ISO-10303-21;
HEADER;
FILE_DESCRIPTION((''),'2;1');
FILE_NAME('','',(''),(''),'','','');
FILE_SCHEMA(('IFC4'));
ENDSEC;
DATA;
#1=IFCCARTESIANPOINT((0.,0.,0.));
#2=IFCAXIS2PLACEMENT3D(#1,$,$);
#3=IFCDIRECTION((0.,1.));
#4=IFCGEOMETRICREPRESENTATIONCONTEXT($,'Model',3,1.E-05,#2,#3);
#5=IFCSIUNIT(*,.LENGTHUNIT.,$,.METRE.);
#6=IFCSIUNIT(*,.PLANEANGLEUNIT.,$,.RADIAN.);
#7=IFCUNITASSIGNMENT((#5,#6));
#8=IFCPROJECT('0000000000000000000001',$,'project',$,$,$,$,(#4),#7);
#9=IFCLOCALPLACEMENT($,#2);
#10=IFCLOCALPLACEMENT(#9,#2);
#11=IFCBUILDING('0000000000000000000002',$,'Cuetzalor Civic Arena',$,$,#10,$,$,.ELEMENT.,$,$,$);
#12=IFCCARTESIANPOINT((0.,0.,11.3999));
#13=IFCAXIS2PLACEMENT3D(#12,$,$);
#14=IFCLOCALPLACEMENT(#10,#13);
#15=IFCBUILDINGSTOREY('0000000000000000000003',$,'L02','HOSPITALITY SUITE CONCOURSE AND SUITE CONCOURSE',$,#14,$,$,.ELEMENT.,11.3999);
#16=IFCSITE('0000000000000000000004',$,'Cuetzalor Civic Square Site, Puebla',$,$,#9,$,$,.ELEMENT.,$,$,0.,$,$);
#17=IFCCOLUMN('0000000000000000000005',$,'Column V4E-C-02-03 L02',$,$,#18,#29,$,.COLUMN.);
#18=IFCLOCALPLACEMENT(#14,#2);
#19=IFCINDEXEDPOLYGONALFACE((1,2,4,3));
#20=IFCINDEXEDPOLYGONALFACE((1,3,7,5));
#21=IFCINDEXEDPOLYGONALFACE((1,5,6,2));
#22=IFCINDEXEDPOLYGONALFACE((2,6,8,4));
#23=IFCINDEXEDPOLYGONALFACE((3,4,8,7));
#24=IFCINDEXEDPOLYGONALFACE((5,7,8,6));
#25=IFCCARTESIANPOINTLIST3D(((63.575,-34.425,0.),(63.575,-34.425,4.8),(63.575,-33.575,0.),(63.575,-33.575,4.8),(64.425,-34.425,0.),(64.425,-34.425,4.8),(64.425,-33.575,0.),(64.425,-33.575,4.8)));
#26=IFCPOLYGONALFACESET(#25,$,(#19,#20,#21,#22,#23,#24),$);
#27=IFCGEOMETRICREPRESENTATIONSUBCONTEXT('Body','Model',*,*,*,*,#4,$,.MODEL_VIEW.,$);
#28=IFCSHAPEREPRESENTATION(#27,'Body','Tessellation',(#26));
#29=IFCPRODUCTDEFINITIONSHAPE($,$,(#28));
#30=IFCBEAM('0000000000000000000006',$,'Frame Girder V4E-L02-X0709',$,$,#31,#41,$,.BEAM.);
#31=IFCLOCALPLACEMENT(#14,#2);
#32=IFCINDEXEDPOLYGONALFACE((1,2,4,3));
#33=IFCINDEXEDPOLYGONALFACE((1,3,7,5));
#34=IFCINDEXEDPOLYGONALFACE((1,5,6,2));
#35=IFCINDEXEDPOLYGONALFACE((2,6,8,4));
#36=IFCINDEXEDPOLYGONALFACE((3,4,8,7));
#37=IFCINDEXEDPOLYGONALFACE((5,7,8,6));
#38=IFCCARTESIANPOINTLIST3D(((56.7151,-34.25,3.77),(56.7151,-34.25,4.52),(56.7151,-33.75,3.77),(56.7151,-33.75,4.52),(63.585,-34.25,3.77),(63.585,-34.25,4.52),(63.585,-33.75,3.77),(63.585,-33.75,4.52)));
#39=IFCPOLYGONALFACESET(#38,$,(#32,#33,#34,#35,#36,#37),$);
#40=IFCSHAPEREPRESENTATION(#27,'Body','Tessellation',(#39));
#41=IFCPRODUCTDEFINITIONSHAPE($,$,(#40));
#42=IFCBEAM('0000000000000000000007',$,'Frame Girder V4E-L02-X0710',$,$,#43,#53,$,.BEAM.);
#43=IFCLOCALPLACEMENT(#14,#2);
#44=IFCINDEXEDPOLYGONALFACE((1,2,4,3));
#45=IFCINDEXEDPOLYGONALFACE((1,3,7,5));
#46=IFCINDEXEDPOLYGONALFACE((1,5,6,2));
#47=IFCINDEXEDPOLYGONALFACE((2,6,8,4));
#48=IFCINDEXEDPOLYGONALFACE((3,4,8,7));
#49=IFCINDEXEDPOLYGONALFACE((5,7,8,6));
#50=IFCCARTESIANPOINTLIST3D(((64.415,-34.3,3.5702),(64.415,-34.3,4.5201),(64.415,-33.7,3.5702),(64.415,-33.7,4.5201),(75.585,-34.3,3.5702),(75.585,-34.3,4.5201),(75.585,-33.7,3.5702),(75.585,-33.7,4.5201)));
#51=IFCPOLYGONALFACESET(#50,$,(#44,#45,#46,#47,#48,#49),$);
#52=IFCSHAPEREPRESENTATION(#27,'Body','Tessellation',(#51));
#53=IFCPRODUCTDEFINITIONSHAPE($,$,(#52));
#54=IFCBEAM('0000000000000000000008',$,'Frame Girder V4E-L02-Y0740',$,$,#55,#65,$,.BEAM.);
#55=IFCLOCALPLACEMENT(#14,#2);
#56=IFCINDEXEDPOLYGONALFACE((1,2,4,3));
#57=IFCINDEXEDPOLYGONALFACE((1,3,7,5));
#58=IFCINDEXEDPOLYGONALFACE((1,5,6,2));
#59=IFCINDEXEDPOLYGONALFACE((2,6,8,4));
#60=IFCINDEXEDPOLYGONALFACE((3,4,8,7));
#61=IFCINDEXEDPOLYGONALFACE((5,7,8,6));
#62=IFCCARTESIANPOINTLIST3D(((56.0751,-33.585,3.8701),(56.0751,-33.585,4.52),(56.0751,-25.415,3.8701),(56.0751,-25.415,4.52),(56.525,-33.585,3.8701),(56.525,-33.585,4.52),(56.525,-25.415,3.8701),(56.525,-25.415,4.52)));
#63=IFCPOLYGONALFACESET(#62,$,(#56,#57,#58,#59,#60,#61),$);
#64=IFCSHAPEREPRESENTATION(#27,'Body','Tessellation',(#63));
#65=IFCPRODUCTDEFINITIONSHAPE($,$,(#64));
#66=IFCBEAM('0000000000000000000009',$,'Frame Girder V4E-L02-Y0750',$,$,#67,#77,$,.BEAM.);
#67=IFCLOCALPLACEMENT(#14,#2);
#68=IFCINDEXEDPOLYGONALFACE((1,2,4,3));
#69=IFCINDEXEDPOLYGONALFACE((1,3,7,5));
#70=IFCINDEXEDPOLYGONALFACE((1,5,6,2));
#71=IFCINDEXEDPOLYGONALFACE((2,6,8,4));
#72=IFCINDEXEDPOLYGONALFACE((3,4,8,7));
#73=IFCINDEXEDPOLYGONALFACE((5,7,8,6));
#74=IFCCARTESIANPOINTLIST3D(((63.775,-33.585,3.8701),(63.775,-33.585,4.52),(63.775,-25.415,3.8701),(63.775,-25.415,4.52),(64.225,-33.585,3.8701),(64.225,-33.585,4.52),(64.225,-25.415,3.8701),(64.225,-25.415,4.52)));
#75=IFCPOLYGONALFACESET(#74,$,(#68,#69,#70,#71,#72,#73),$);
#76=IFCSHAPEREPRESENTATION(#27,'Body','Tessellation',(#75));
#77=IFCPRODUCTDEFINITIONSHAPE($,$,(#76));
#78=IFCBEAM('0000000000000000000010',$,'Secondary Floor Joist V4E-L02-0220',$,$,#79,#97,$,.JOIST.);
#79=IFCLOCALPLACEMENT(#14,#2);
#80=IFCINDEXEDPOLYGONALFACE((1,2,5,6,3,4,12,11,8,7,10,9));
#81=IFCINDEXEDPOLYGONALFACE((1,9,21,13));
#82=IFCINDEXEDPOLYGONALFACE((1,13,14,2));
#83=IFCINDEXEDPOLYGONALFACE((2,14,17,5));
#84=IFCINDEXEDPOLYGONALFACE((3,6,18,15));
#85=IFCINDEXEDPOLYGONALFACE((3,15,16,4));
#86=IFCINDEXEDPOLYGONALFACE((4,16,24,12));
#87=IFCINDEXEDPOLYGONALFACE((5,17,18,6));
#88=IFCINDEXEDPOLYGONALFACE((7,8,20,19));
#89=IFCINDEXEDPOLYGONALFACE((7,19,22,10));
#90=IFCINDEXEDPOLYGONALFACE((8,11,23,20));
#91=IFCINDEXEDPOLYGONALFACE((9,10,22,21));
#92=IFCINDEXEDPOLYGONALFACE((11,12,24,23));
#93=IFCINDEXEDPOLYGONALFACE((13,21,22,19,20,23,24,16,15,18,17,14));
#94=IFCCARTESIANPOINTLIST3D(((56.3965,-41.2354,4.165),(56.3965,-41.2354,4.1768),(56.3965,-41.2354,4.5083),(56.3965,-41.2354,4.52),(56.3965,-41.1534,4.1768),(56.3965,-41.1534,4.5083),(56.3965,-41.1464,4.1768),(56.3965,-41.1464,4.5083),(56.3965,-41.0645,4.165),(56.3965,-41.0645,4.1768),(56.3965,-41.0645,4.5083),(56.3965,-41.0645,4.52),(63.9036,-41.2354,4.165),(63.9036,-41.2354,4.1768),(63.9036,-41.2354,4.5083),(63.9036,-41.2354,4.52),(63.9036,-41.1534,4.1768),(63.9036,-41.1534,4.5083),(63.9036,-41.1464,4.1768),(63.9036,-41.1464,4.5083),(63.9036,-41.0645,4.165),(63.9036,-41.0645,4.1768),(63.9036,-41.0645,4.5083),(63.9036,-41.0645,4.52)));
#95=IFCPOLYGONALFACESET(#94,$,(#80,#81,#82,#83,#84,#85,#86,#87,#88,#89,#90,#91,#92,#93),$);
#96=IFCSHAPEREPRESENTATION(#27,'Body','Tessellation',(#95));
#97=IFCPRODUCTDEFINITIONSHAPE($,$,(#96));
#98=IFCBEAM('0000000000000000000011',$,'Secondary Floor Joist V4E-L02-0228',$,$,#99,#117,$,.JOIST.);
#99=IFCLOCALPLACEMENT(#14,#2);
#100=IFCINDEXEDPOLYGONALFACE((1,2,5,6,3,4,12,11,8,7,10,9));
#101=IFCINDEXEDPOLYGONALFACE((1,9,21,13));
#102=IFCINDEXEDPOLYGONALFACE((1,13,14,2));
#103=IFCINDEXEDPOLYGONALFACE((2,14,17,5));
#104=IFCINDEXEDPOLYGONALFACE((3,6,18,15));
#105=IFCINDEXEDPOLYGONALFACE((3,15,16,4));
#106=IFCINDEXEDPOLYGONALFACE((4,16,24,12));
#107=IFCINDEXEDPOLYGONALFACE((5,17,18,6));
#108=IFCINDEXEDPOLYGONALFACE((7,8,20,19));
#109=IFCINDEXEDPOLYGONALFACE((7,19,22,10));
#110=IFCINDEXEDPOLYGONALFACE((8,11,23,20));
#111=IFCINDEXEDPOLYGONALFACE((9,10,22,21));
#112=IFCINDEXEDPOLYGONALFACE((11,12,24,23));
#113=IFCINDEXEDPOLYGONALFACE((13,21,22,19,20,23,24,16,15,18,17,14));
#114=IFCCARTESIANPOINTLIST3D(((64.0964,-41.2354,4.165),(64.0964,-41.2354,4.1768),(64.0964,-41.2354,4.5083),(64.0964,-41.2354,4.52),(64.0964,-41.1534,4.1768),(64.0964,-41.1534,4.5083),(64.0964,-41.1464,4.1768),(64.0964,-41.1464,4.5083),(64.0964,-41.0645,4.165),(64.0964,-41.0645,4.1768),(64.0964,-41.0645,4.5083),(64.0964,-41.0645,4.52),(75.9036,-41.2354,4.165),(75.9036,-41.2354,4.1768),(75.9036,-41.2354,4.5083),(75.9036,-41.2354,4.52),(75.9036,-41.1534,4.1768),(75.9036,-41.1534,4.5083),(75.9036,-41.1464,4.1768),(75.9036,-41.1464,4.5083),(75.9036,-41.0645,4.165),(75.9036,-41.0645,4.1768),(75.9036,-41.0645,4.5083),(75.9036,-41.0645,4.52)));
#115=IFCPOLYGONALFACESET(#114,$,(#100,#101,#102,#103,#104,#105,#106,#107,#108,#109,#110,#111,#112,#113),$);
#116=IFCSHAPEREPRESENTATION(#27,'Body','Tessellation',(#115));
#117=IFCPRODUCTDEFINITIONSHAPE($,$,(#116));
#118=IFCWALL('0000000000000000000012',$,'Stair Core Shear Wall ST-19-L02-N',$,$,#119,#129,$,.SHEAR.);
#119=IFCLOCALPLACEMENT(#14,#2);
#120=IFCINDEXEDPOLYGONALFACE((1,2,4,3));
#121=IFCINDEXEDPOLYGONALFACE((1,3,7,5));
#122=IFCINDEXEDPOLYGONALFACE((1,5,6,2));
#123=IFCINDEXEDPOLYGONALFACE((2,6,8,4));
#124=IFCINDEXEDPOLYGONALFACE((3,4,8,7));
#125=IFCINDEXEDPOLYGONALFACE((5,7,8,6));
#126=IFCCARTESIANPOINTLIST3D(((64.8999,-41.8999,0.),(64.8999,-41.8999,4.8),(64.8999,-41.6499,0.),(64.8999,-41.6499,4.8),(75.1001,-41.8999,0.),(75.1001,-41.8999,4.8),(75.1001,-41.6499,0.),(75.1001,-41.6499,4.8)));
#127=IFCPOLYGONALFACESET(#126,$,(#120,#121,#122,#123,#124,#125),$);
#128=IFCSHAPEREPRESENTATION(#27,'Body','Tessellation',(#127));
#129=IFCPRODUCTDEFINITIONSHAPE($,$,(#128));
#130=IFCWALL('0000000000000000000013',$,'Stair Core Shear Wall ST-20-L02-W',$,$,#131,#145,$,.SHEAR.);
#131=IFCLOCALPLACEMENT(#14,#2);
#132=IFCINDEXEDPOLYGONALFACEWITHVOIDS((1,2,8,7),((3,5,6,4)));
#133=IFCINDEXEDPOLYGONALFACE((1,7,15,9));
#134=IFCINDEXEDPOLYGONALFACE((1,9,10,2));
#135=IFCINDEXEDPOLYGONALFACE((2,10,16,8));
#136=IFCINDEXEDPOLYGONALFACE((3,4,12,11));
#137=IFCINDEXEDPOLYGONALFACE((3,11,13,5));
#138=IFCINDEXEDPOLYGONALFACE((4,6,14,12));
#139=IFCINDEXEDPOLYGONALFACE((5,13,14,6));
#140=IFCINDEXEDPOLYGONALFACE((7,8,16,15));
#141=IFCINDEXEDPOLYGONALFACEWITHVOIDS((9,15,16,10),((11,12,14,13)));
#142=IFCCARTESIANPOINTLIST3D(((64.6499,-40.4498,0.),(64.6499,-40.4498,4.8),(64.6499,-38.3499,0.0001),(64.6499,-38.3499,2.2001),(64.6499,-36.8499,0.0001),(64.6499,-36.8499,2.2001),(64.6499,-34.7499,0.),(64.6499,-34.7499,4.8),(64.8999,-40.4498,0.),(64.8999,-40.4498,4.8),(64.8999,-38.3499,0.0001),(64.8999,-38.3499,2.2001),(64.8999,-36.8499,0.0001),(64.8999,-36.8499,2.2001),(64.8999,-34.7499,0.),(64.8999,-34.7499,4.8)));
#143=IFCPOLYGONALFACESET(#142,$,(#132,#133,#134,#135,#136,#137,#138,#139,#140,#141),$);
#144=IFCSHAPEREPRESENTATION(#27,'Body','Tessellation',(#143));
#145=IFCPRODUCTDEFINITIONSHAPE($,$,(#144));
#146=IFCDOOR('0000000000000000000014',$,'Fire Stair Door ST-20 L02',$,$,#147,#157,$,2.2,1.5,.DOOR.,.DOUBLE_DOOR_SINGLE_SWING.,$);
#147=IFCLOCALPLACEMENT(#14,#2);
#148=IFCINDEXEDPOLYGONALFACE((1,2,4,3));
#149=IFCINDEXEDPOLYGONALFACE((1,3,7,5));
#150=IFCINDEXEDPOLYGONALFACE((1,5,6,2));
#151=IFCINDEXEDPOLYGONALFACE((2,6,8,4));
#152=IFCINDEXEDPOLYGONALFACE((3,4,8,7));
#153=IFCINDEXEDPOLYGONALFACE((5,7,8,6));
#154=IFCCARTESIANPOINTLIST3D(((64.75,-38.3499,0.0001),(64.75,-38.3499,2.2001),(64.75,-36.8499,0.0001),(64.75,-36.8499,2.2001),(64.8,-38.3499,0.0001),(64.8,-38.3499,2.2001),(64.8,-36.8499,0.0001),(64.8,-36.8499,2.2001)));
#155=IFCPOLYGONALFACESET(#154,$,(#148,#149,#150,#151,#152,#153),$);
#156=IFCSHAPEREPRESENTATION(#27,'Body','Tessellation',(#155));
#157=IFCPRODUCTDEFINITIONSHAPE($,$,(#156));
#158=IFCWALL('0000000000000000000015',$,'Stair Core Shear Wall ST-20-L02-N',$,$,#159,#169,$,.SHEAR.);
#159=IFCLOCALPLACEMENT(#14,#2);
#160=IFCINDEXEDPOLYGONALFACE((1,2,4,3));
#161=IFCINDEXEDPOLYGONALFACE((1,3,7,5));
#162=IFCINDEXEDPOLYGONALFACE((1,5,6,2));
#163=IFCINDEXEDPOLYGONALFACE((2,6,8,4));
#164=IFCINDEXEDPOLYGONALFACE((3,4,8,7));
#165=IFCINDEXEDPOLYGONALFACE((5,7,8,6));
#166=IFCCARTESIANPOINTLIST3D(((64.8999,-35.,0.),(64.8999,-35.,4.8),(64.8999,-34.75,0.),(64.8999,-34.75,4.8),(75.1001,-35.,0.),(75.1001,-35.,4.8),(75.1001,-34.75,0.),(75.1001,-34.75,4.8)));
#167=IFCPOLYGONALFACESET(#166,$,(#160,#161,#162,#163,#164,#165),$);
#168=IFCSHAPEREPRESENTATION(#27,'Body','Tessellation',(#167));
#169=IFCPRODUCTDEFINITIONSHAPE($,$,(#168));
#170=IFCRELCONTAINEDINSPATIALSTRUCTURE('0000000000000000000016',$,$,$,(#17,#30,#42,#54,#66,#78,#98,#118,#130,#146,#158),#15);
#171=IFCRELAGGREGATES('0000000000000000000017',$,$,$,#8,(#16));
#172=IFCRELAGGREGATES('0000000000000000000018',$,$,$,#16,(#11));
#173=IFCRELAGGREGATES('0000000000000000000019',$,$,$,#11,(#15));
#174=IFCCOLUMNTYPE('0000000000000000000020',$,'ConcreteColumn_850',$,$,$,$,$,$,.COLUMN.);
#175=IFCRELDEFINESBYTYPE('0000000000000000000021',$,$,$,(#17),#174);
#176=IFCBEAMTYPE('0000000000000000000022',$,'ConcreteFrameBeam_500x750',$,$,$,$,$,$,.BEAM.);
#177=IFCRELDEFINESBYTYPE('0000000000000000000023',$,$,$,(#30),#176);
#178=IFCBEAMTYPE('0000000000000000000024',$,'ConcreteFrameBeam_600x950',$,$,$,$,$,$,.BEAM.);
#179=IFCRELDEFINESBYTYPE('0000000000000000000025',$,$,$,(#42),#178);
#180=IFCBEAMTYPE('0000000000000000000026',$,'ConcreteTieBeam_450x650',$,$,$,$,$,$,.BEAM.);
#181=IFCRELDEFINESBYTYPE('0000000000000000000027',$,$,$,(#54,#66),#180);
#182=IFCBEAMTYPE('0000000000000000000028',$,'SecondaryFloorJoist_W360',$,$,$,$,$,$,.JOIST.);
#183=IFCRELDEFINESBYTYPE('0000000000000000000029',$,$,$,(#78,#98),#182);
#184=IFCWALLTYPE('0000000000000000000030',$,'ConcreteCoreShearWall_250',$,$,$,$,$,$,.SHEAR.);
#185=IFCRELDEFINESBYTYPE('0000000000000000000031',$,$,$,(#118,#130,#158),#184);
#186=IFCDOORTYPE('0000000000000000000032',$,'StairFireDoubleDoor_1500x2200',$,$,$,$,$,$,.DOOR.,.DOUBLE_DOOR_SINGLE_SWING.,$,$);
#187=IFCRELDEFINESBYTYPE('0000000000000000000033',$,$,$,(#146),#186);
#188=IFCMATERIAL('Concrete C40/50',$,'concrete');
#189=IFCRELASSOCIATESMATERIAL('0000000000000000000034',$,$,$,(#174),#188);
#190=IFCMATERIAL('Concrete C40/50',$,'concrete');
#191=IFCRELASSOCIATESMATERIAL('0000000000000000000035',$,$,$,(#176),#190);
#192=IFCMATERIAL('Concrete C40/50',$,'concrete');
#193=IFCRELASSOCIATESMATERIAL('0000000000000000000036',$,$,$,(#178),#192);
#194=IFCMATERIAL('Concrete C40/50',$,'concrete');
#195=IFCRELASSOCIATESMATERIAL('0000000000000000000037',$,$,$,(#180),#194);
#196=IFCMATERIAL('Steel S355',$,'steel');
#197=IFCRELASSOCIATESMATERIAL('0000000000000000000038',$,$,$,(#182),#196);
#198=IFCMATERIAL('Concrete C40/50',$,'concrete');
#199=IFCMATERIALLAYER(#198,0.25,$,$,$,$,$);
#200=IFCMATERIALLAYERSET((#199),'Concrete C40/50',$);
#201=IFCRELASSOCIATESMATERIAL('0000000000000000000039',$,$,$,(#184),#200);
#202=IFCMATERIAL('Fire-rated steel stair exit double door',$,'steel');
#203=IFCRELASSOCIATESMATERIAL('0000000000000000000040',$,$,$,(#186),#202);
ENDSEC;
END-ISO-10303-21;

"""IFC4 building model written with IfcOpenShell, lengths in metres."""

from ifc_helpers import new_model, si_unit, direction, frame, frame_2d, origin, origin_2d, place, context, subcontext, project, spatial, rectangle, i_section, extrude, material, layer, layer_set, material_profile, profile_set, type_object, element, fill, save


model = new_model("IFC4")

# Units and contexts
model_context = context("Model", 3, precision=1e-05, world=origin(), true_north=direction((0.0, 1.0)))
body_context = subcontext(model_context, "Body", "Model", "MODEL_VIEW")
ifc_project = project(units=[si_unit("LENGTHUNIT", "METRE"), si_unit("PLANEANGLEUNIT", "RADIAN")], contexts=[model_context])

# Site, building, storey
site_placement = place(None, origin())
site = spatial("IfcSite", under=ifc_project, at=site_placement, Name="Cuetzalor Civic Square Site, Puebla", CompositionType="ELEMENT", RefElevation=0.0)
building_placement = place(site_placement, origin())
building = spatial("IfcBuilding", under=site, at=building_placement, Name="Cuetzalor Civic Arena", CompositionType="ELEMENT")
storey_placement = place(building_placement, frame((0.0, 0.0, 11.3999)))
storey = spatial("IfcBuildingStorey", under=building, at=storey_placement, Name="L02", Description="HOSPITALITY SUITE CONCOURSE AND SUITE CONCOURSE", CompositionType="ELEMENT", Elevation=11.3999)

# Column
ifc_material_1 = material(Name="Concrete C40/50", Category="concrete")
ifc_material_profile_1 = material_profile(ifc_material_1, rectangle(XDim=0.8501, YDim=0.8501, at=origin_2d()), Name="RC 850x850")
ifc_profile_set_1 = profile_set([ifc_material_profile_1], Name="Concrete C40/50")
column_type = type_object("IfcColumnType", Name="ConcreteColumn_850", PredefinedType="COLUMN", material=ifc_profile_set_1)
column_placement = place(storey_placement, frame((64.0, -34.0, 0.0), z_axis=(0.0, 0.0, 1.0), x_axis=(1.0, 0.0, 0.0)))
element("IfcColumn", 1, at=column_placement, inside=storey, type_object=column_type, Name="Column V4E-C-02-03 L02", PredefinedType="COLUMN", context=body_context, shape_type="SweptSolid", body=[
    extrude(rectangle(XDim=0.8501, YDim=0.8501, at=origin_2d()), origin(), (0.0, 0.0, 1.0), 4.8),
])

# Beams
ifc_material_2 = material(Name="Concrete C40/50", Category="concrete")
ifc_material_profile_2 = material_profile(ifc_material_2, rectangle(XDim=0.5, YDim=0.75, at=origin_2d()), Name="RC 500x750")
ifc_profile_set_2 = profile_set([ifc_material_profile_2], Name="Concrete C40/50")
beam_type_1 = type_object("IfcBeamType", Name="ConcreteFrameBeam_500x750", PredefinedType="BEAM", material=ifc_profile_set_2)
beam_1_placement = place(storey_placement, frame((56.7151, -34.0, 4.145), z_axis=(1.0, 0.0, 0.0), x_axis=(0.0, 1.0, 0.0)))
element("IfcBeam", 2, at=beam_1_placement, inside=storey, type_object=beam_type_1, Name="Frame Girder V4E-L02-X0709", PredefinedType="BEAM", context=body_context, shape_type="SweptSolid", body=[
    extrude(rectangle(XDim=0.5, YDim=0.75, at=origin_2d()), origin(), (0.0, 0.0, 1.0), 6.8699),
])
ifc_material_3 = material(Name="Concrete C40/50", Category="concrete")
ifc_material_profile_3 = material_profile(ifc_material_3, rectangle(XDim=0.6001, YDim=0.95, at=origin_2d()), Name="RC 600x950")
ifc_profile_set_3 = profile_set([ifc_material_profile_3], Name="Concrete C40/50")
beam_type_2 = type_object("IfcBeamType", Name="ConcreteFrameBeam_600x950", PredefinedType="BEAM", material=ifc_profile_set_3)
beam_2_placement = place(storey_placement, frame((64.415, -34.0, 4.0452), z_axis=(1.0, 0.0, 0.0), x_axis=(0.0, 1.0, 0.0)))
element("IfcBeam", 3, at=beam_2_placement, inside=storey, type_object=beam_type_2, Name="Frame Girder V4E-L02-X0710", PredefinedType="BEAM", context=body_context, shape_type="SweptSolid", body=[
    extrude(rectangle(XDim=0.6001, YDim=0.95, at=origin_2d()), origin(), (0.0, 0.0, 1.0), 11.1699),
])
ifc_material_4 = material(Name="Concrete C40/50", Category="concrete")
ifc_material_profile_4 = material_profile(ifc_material_4, rectangle(XDim=0.45, YDim=0.6499, at=origin_2d()), Name="RC 450x650")
ifc_profile_set_4 = profile_set([ifc_material_profile_4], Name="Concrete C40/50")
beam_type_3 = type_object("IfcBeamType", Name="ConcreteTieBeam_450x650", PredefinedType="BEAM", material=ifc_profile_set_4)
for number, where, z_axis, x_axis, name in (
    (4, (56.3, -33.585, 4.1951), (0.0, 1.0, 0.0), (-1.0, 0.0, 0.0), "Frame Girder V4E-L02-Y0740"),
    (5, (64.0, -33.585, 4.1951), (0.0, 1.0, 0.0), (-1.0, 0.0, 0.0), "Frame Girder V4E-L02-Y0750"),
):
    element("IfcBeam", number, at=place(storey_placement, frame(where, z_axis=z_axis, x_axis=x_axis)), inside=storey, type_object=beam_type_3, Name=name, PredefinedType="BEAM", context=body_context, shape_type="SweptSolid", body=[
        extrude(rectangle(XDim=0.45, YDim=0.6499, at=origin_2d()), origin(), (0.0, 0.0, 1.0), 8.1699),
    ])
ifc_material_5 = material(Name="Steel S355", Category="steel")
ifc_material_profile_5 = material_profile(ifc_material_5, i_section(OverallWidth=0.1709, OverallDepth=0.355, WebThickness=0.0071, FlangeThickness=0.0117, at=origin_2d()), Name="W360x51")
ifc_profile_set_5 = profile_set([ifc_material_profile_5], Name="Steel S355")
beam_type_4 = type_object("IfcBeamType", Name="SecondaryFloorJoist_W360", PredefinedType="JOIST", material=ifc_profile_set_5)
beam_3_placement = place(storey_placement, frame((56.3965, -41.1499, 4.3425), z_axis=(1.0, 0.0, 0.0), x_axis=(0.0, 1.0, 0.0)))
element("IfcBeam", 6, at=beam_3_placement, inside=storey, type_object=beam_type_4, Name="Secondary Floor Joist V4E-L02-0220", PredefinedType="JOIST", context=body_context, shape_type="SweptSolid", body=[
    extrude(i_section(OverallWidth=0.1709, OverallDepth=0.355, WebThickness=0.0071, FlangeThickness=0.0117, at=origin_2d()), origin(), (0.0, 0.0, 1.0), 7.5071),
])
beam_4_placement = place(storey_placement, frame((64.0964, -41.1499, 4.3425), z_axis=(1.0, 0.0, 0.0), x_axis=(0.0, 1.0, 0.0)))
element("IfcBeam", 7, at=beam_4_placement, inside=storey, type_object=beam_type_4, Name="Secondary Floor Joist V4E-L02-0228", PredefinedType="JOIST", context=body_context, shape_type="SweptSolid", body=[
    extrude(i_section(OverallWidth=0.1709, OverallDepth=0.355, WebThickness=0.0071, FlangeThickness=0.0117, at=origin_2d()), origin(), (0.0, 0.0, 1.0), 11.8071),
])

# Wall
ifc_material_6 = material(Name="Concrete C40/50", Category="concrete")
ifc_layer = layer(ifc_material_6, 0.25)
ifc_layer_set = layer_set([ifc_layer], Name="Concrete C40/50")
wall_type = type_object("IfcWallType", Name="ConcreteCoreShearWall_250", PredefinedType="SHEAR", material=ifc_layer_set)
wall_1_placement = place(storey_placement, frame((64.8999, -41.7749, 0.0), z_axis=(0.0, 0.0, 1.0), x_axis=(1.0, 0.0, 0.0)))
element("IfcWall", 8, at=wall_1_placement, inside=storey, type_object=wall_type, Name="Stair Core Shear Wall ST-19-L02-N", PredefinedType="SHEAR", context=body_context, shape_type="SweptSolid", body=[
    extrude(rectangle(XDim=10.2002, YDim=0.25, at=frame_2d((5.1001, 0.0))), origin(), (0.0, 0.0, 1.0), 4.8),
])

# Wall, opening, door
wall_2_placement = place(storey_placement, frame((64.7749, -40.45, 0.0), z_axis=(0.0, 0.0, 1.0), x_axis=(0.0, 1.0, 0.0)))
wall_2 = element("IfcWall", 9, at=wall_2_placement, inside=storey, type_object=wall_type, Name="Stair Core Shear Wall ST-20-L02-W", PredefinedType="SHEAR", context=body_context, shape_type="SweptSolid", body=[
    extrude(rectangle(XDim=5.7, YDim=0.25, at=frame_2d((2.8501, 0.0))), origin(), (0.0, 0.0, 1.0), 4.8),
])
opening_1_placement = place(wall_2_placement, frame((2.1001, 0.0, 0.0)))
opening_1 = element("IfcOpeningElement", 10, at=opening_1_placement, cuts=wall_2, PredefinedType="OPENING", context=body_context, shape_type="SweptSolid", body=[
    extrude(rectangle(XDim=1.5, YDim=2.2, at=frame_2d((0.75, 1.1001))), frame((0.0, 0.135, 0.0), z_axis=(0.0, -1.0, 0.0), x_axis=(1.0, 0.0, 0.0)), (0.0, 0.0, 1.0), 0.27),
])
ifc_material_7 = material(Name="Fire-rated steel stair exit double door", Category="steel")
door_type = type_object("IfcDoorType", Name="StairFireDoubleDoor_1500x2200", OperationType="DOUBLE_DOOR_SINGLE_SWING", PredefinedType="DOOR", material=ifc_material_7)
door_1_placement = place(opening_1_placement, origin())
door_1 = element("IfcDoor", 11, at=door_1_placement, inside=storey, type_object=door_type, Name="Fire Stair Door ST-20 L02", OperationType="DOUBLE_DOOR_SINGLE_SWING", OverallHeight=2.2, OverallWidth=1.5, PredefinedType="DOOR", context=body_context, shape_type="SweptSolid", body=[
    extrude(rectangle(XDim=1.5, YDim=2.2, at=frame_2d((0.75, 1.1001))), frame((0.0, 0.0249, 0.0), z_axis=(0.0, -1.0, 0.0), x_axis=(1.0, 0.0, 0.0)), (0.0, 0.0, 1.0), 0.05),
])
fill(opening_1, door_1)

# Wall
wall_3_placement = place(storey_placement, frame((64.8999, -34.875, 0.0), z_axis=(0.0, 0.0, 1.0), x_axis=(1.0, 0.0, 0.0)))
element("IfcWall", 12, at=wall_3_placement, inside=storey, type_object=wall_type, Name="Stair Core Shear Wall ST-20-L02-N", PredefinedType="SHEAR", context=body_context, shape_type="SweptSolid", body=[
    extrude(rectangle(XDim=10.2002, YDim=0.25, at=frame_2d((5.1001, 0.0))), origin(), (0.0, 0.0, 1.0), 4.8),
])

save(model, "model.ifc")
